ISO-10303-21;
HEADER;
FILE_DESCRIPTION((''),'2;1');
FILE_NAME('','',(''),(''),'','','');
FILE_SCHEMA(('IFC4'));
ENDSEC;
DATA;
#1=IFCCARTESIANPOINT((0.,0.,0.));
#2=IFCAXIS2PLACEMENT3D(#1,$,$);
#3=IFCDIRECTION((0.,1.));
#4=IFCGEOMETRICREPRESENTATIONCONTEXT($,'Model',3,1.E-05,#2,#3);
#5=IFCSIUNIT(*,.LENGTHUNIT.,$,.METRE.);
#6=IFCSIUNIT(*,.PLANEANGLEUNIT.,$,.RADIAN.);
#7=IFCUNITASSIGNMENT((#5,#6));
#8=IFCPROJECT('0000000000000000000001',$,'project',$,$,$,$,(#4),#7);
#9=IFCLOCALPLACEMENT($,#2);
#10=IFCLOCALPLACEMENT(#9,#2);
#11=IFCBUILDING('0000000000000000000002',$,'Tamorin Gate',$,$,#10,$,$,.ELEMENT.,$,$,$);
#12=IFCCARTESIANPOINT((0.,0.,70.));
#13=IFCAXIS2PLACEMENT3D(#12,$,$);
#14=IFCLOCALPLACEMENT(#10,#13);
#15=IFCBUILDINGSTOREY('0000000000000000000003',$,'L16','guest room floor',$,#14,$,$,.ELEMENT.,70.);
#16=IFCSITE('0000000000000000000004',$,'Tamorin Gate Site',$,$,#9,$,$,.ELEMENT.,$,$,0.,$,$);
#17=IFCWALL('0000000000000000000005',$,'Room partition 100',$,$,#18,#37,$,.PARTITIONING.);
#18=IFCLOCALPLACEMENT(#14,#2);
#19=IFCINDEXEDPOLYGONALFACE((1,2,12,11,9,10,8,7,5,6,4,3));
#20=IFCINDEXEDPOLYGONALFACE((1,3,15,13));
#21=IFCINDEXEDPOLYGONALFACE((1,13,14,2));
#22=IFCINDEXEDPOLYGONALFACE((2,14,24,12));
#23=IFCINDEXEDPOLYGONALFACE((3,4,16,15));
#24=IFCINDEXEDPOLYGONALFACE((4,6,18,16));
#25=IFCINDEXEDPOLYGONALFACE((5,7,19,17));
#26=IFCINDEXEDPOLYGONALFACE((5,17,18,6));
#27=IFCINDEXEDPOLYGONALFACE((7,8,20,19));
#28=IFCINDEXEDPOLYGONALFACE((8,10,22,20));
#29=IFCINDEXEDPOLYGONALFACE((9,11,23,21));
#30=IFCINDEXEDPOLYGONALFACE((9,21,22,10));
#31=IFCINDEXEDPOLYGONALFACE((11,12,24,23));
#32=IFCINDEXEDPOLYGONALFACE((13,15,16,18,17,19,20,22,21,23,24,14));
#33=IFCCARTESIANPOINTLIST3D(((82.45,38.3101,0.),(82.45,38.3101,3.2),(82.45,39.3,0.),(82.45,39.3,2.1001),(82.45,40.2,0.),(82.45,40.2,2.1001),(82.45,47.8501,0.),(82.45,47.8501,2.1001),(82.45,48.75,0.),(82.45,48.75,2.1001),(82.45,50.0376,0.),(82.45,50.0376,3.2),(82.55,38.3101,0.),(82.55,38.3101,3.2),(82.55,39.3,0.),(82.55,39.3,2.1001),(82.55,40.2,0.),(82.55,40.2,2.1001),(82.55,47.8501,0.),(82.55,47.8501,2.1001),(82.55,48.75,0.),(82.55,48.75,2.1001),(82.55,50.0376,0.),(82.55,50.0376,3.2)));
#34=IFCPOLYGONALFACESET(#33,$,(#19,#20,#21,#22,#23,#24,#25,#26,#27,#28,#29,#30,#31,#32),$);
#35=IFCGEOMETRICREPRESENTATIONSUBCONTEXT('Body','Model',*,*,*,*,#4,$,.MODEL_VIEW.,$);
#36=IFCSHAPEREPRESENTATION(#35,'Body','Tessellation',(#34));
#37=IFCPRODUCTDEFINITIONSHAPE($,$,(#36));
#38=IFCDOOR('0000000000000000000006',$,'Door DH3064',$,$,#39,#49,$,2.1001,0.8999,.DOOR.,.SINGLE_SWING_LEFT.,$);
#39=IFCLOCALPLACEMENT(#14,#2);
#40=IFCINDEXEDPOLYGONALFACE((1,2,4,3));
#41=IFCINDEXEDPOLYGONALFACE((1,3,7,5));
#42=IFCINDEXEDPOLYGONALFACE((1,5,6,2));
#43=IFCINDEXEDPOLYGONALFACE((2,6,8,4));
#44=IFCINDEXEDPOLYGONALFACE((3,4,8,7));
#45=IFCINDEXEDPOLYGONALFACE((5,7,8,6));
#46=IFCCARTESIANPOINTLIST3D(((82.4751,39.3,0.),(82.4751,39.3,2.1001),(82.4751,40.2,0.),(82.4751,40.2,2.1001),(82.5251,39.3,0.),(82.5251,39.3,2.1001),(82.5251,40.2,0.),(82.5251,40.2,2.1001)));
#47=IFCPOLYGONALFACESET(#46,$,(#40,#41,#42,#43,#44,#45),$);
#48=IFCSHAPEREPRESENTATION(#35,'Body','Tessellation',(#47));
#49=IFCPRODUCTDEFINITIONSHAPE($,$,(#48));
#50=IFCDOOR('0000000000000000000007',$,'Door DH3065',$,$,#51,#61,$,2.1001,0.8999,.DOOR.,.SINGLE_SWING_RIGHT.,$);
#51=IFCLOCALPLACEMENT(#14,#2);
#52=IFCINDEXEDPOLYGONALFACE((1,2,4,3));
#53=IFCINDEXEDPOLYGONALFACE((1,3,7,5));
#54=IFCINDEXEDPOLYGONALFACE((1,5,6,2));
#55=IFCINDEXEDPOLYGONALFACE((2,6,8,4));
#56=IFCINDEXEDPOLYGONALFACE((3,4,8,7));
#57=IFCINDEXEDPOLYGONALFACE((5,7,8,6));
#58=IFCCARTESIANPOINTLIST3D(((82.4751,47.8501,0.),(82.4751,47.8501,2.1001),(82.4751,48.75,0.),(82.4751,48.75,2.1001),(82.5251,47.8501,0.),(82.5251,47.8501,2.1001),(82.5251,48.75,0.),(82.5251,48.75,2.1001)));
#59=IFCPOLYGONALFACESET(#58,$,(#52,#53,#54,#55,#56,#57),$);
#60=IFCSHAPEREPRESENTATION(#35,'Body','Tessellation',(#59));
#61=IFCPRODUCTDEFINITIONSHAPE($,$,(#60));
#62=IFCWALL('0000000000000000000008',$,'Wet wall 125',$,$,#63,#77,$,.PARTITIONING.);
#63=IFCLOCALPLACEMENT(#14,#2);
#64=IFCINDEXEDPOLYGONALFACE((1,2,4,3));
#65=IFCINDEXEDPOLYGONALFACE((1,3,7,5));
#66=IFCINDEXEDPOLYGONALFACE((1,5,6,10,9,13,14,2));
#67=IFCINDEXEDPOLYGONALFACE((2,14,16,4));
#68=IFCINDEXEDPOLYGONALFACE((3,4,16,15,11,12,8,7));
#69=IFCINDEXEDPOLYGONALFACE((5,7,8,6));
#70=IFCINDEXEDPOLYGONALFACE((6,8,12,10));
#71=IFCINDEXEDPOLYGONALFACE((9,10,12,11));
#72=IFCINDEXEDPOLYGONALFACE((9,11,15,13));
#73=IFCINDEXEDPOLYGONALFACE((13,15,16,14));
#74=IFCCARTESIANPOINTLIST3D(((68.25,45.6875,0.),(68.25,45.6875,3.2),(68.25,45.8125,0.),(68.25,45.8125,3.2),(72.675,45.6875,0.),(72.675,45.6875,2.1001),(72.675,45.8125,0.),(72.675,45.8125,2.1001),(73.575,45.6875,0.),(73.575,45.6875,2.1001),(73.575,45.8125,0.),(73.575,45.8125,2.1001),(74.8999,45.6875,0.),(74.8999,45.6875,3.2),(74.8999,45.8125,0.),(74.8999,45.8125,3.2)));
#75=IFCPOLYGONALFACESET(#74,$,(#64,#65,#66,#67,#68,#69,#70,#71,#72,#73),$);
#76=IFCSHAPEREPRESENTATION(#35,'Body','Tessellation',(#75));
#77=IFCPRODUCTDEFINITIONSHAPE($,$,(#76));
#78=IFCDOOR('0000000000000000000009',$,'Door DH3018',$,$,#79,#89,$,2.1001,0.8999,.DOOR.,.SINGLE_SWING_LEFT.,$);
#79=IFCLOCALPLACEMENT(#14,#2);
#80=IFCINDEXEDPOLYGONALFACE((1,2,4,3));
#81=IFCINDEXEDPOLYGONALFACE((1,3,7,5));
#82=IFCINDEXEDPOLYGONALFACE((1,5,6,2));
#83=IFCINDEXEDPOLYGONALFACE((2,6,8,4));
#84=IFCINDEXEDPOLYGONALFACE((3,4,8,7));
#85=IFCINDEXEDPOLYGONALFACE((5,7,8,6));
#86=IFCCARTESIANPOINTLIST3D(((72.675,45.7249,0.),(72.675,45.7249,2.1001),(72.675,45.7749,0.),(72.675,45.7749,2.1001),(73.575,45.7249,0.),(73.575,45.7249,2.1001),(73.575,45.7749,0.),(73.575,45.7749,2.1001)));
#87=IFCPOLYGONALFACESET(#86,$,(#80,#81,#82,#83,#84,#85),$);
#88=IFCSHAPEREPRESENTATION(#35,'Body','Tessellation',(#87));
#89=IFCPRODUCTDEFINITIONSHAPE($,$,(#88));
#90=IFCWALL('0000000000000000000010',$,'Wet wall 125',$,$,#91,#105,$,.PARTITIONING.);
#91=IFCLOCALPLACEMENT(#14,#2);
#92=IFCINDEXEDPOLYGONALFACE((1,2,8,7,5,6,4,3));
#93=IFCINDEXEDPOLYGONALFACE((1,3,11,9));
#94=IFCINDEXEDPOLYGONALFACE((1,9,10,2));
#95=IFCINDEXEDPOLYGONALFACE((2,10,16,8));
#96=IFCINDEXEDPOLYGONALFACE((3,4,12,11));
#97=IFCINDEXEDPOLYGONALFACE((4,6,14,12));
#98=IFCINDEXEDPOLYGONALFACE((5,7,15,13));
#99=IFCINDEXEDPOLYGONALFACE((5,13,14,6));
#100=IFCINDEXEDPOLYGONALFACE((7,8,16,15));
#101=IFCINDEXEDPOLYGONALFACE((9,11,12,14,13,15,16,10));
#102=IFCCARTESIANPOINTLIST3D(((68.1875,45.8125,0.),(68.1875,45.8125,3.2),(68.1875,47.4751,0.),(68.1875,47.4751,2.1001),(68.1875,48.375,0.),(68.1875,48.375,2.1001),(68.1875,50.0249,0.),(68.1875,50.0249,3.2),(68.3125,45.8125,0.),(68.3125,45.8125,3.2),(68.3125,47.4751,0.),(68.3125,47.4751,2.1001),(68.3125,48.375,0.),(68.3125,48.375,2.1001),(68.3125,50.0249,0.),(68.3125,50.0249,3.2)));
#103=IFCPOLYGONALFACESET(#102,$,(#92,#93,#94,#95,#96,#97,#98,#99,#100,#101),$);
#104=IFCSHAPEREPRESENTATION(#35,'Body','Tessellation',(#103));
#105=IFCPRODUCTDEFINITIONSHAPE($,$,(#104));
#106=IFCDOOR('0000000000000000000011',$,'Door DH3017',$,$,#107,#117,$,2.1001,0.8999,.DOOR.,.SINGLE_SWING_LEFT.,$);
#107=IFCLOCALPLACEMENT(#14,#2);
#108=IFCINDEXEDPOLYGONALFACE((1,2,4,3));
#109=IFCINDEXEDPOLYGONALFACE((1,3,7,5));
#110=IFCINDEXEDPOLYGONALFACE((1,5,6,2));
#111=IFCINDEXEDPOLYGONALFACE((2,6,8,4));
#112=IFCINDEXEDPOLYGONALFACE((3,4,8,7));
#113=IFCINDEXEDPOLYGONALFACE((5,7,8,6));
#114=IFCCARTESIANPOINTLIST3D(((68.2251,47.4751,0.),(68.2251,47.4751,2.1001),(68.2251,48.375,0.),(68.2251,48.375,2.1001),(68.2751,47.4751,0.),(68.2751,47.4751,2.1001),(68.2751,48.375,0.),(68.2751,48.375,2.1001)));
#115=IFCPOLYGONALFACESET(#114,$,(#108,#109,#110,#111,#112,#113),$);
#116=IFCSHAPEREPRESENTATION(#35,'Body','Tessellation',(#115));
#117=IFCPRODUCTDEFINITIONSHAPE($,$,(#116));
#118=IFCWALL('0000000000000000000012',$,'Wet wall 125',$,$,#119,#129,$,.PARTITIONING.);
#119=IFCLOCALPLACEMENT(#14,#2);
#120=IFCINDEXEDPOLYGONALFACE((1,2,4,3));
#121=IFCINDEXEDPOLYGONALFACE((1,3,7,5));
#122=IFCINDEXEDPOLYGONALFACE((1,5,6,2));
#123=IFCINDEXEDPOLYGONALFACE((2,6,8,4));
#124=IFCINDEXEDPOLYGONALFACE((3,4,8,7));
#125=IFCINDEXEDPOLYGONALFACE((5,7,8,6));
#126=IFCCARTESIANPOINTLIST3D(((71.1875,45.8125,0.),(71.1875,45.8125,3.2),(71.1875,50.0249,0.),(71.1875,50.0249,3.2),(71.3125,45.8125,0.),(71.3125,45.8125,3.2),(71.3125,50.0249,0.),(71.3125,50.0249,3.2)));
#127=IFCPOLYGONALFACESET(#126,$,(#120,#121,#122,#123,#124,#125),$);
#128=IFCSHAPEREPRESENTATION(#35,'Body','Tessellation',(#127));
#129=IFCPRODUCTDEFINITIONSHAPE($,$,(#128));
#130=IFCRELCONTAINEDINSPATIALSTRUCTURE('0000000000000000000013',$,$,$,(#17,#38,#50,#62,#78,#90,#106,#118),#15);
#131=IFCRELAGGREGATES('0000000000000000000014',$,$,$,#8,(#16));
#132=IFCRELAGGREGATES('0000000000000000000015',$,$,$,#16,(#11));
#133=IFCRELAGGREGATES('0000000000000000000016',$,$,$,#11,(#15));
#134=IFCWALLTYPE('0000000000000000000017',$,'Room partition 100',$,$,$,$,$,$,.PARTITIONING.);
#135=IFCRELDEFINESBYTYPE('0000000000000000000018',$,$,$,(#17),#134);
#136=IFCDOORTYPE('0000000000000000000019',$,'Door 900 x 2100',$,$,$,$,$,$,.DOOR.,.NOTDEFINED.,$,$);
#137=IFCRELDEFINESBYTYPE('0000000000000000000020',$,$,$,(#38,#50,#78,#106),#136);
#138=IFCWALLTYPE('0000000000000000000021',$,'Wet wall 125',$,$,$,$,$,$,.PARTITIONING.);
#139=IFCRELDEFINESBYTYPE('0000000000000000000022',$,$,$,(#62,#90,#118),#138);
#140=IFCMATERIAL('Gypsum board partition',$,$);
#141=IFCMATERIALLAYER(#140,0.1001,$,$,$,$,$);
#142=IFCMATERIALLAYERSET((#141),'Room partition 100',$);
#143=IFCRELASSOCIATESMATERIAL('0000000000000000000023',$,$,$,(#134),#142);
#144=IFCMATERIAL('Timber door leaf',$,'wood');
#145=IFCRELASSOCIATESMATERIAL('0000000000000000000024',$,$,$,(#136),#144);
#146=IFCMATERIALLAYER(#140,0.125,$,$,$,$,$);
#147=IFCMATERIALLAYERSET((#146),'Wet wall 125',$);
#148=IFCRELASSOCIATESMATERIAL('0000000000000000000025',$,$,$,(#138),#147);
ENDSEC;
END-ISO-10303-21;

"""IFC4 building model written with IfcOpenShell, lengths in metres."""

from ifc_helpers import new_model, si_unit, direction, frame, frame_2d, origin, place, context, subcontext, project, spatial, rectangle, extrude, material, layer, layer_set, type_object, element, fill, save


model = new_model("IFC4")

# Units and contexts
model_context = context("Model", 3, precision=1e-05, world=origin(), true_north=direction((0.0, 1.0)))
body_context = subcontext(model_context, "Body", "Model", "MODEL_VIEW")
ifc_project = project(units=[si_unit("LENGTHUNIT", "METRE"), si_unit("PLANEANGLEUNIT", "RADIAN")], contexts=[model_context])

# Site, building, storey
site_placement = place(None, origin())
site = spatial("IfcSite", under=ifc_project, at=site_placement, Name="Tamorin Gate Site", CompositionType="ELEMENT", RefElevation=0.0)
building_placement = place(site_placement, origin())
building = spatial("IfcBuilding", under=site, at=building_placement, Name="Tamorin Gate", CompositionType="ELEMENT")
storey_placement = place(building_placement, frame((0.0, 0.0, 70.0)))
storey = spatial("IfcBuildingStorey", under=building, at=storey_placement, Name="L16", Description="guest room floor", CompositionType="ELEMENT", Elevation=70.0)

# Shared definitions
ifc_material_1 = material(Name="Gypsum board partition")
ifc_layer_1 = layer(ifc_material_1, 0.1001)
ifc_layer_set_1 = layer_set([ifc_layer_1], Name="Room partition 100")
wall_type_1 = type_object("IfcWallType", Name="Room partition 100", PredefinedType="PARTITIONING", material=ifc_layer_set_1)

# Shared definitions
ifc_material_2 = material(Name="Timber door leaf", Category="wood")
door_type = type_object("IfcDoorType", Name="Door 900 x 2100", OperationType="NOTDEFINED", PredefinedType="DOOR", material=ifc_material_2)

# Wall, openings, doors
wall_1_placement = place(storey_placement, frame((82.5, 38.3101, 0.0), z_axis=(0.0, 0.0, 1.0), x_axis=(0.0, 1.0, 0.0)))
wall_1 = element("IfcWall", 1, at=wall_1_placement, inside=storey, type_object=wall_type_1, Name="Room partition 100", PredefinedType="PARTITIONING", context=body_context, shape_type="SweptSolid", body=[
    extrude(rectangle(XDim=11.7275, YDim=0.1001, at=frame_2d((5.8638, 0.0))), origin(), (0.0, 0.0, 1.0), 3.2),
])
opening_1_placement = place(wall_1_placement, frame((0.99, 0.0, 0.0)))
opening_1 = element("IfcOpeningElement", 2, at=opening_1_placement, cuts=wall_1, PredefinedType="OPENING", context=body_context, shape_type="SweptSolid", body=[
    extrude(rectangle(XDim=0.8999, YDim=2.1001, at=frame_2d((0.45, 1.05))), frame((0.0, 0.0601, 0.0), z_axis=(0.0, -1.0, 0.0), x_axis=(1.0, 0.0, 0.0)), (0.0, 0.0, 1.0), 0.1201),
])
opening_2_placement = place(wall_1_placement, frame((9.54, 0.0, 0.0)))
opening_2 = element("IfcOpeningElement", 3, at=opening_2_placement, cuts=wall_1, PredefinedType="OPENING", context=body_context, shape_type="SweptSolid", body=[
    extrude(rectangle(XDim=0.8999, YDim=2.1001, at=frame_2d((0.45, 1.05))), frame((0.0, 0.0601, 0.0), z_axis=(0.0, -1.0, 0.0), x_axis=(1.0, 0.0, 0.0)), (0.0, 0.0, 1.0), 0.1201),
])
door_1_placement = place(opening_1_placement, origin())
door_1 = element("IfcDoor", 4, at=door_1_placement, inside=storey, type_object=door_type, Name="Door DH3064", OperationType="SINGLE_SWING_LEFT", OverallHeight=2.1001, OverallWidth=0.8999, PredefinedType="DOOR", context=body_context, shape_type="SweptSolid", body=[
    extrude(rectangle(XDim=0.8999, YDim=2.1001, at=frame_2d((0.45, 1.05))), frame((0.0, 0.0249, 0.0), z_axis=(0.0, -1.0, 0.0), x_axis=(1.0, 0.0, 0.0)), (0.0, 0.0, 1.0), 0.05),
])
fill(opening_1, door_1)
door_2_placement = place(opening_2_placement, origin())
door_2 = element("IfcDoor", 5, at=door_2_placement, inside=storey, type_object=door_type, Name="Door DH3065", OperationType="SINGLE_SWING_RIGHT", OverallHeight=2.1001, OverallWidth=0.8999, PredefinedType="DOOR", context=body_context, shape_type="SweptSolid", body=[
    extrude(rectangle(XDim=0.8999, YDim=2.1001, at=frame_2d((0.45, 1.05))), frame((0.0, 0.0249, 0.0), z_axis=(0.0, -1.0, 0.0), x_axis=(1.0, 0.0, 0.0)), (0.0, 0.0, 1.0), 0.05),
])
fill(opening_2, door_2)

# Walls, openings, doors
ifc_layer_2 = layer(ifc_material_1, 0.125)
ifc_layer_set_2 = layer_set([ifc_layer_2], Name="Wet wall 125")
wall_type_2 = type_object("IfcWallType", Name="Wet wall 125", PredefinedType="PARTITIONING", material=ifc_layer_set_2)
wall_2_placement = place(storey_placement, frame((68.25, 45.75, 0.0), z_axis=(0.0, 0.0, 1.0), x_axis=(1.0, 0.0, 0.0)))
wall_2 = element("IfcWall", 6, at=wall_2_placement, inside=storey, type_object=wall_type_2, Name="Wet wall 125", PredefinedType="PARTITIONING", context=body_context, shape_type="SweptSolid", body=[
    extrude(rectangle(XDim=6.6499, YDim=0.125, at=frame_2d((3.325, 0.0))), origin(), (0.0, 0.0, 1.0), 3.2),
])
opening_3_placement = place(wall_2_placement, frame((4.425, 0.0, 0.0)))
opening_3 = element("IfcOpeningElement", 7, at=opening_3_placement, cuts=wall_2, PredefinedType="OPENING", context=body_context, shape_type="SweptSolid", body=[
    extrude(rectangle(XDim=0.8999, YDim=2.1001, at=frame_2d((0.45, 1.05))), frame((0.0, 0.0725, 0.0), z_axis=(0.0, -1.0, 0.0), x_axis=(1.0, 0.0, 0.0)), (0.0, 0.0, 1.0), 0.145),
])
door_3_placement = place(opening_3_placement, origin())
door_3 = element("IfcDoor", 8, at=door_3_placement, inside=storey, type_object=door_type, Name="Door DH3018", OperationType="SINGLE_SWING_LEFT", OverallHeight=2.1001, OverallWidth=0.8999, PredefinedType="DOOR", context=body_context, shape_type="SweptSolid", body=[
    extrude(rectangle(XDim=0.8999, YDim=2.1001, at=frame_2d((0.45, 1.05))), frame((0.0, 0.0249, 0.0), z_axis=(0.0, -1.0, 0.0), x_axis=(1.0, 0.0, 0.0)), (0.0, 0.0, 1.0), 0.05),
])
fill(opening_3, door_3)
wall_3_placement = place(storey_placement, frame((68.25, 45.8125, 0.0), z_axis=(0.0, 0.0, 1.0), x_axis=(0.0, 1.0, 0.0)))
wall_3 = element("IfcWall", 9, at=wall_3_placement, inside=storey, type_object=wall_type_2, Name="Wet wall 125", PredefinedType="PARTITIONING", context=body_context, shape_type="SweptSolid", body=[
    extrude(rectangle(XDim=4.2124, YDim=0.125, at=frame_2d((2.1062, 0.0))), origin(), (0.0, 0.0, 1.0), 3.2),
])
opening_4_placement = place(wall_3_placement, frame((1.6626, 0.0, 0.0)))
opening_4 = element("IfcOpeningElement", 10, at=opening_4_placement, cuts=wall_3, PredefinedType="OPENING", context=body_context, shape_type="SweptSolid", body=[
    extrude(rectangle(XDim=0.8999, YDim=2.1001, at=frame_2d((0.45, 1.05))), frame((0.0, 0.0725, 0.0), z_axis=(0.0, -1.0, 0.0), x_axis=(1.0, 0.0, 0.0)), (0.0, 0.0, 1.0), 0.145),
])
door_4_placement = place(opening_4_placement, origin())
door_4 = element("IfcDoor", 11, at=door_4_placement, inside=storey, type_object=door_type, Name="Door DH3017", OperationType="SINGLE_SWING_LEFT", OverallHeight=2.1001, OverallWidth=0.8999, PredefinedType="DOOR", context=body_context, shape_type="SweptSolid", body=[
    extrude(rectangle(XDim=0.8999, YDim=2.1001, at=frame_2d((0.45, 1.05))), frame((0.0, 0.0249, 0.0), z_axis=(0.0, -1.0, 0.0), x_axis=(1.0, 0.0, 0.0)), (0.0, 0.0, 1.0), 0.05),
])
fill(opening_4, door_4)

# Wall
wall_4_placement = place(storey_placement, frame((71.25, 45.8125, 0.0), z_axis=(0.0, 0.0, 1.0), x_axis=(0.0, 1.0, 0.0)))
element("IfcWall", 12, at=wall_4_placement, inside=storey, type_object=wall_type_2, Name="Wet wall 125", PredefinedType="PARTITIONING", context=body_context, shape_type="SweptSolid", body=[
    extrude(rectangle(XDim=4.2124, YDim=0.125, at=frame_2d((2.1062, 0.0))), origin(), (0.0, 0.0, 1.0), 3.2),
])

save(model, "model.ifc")
